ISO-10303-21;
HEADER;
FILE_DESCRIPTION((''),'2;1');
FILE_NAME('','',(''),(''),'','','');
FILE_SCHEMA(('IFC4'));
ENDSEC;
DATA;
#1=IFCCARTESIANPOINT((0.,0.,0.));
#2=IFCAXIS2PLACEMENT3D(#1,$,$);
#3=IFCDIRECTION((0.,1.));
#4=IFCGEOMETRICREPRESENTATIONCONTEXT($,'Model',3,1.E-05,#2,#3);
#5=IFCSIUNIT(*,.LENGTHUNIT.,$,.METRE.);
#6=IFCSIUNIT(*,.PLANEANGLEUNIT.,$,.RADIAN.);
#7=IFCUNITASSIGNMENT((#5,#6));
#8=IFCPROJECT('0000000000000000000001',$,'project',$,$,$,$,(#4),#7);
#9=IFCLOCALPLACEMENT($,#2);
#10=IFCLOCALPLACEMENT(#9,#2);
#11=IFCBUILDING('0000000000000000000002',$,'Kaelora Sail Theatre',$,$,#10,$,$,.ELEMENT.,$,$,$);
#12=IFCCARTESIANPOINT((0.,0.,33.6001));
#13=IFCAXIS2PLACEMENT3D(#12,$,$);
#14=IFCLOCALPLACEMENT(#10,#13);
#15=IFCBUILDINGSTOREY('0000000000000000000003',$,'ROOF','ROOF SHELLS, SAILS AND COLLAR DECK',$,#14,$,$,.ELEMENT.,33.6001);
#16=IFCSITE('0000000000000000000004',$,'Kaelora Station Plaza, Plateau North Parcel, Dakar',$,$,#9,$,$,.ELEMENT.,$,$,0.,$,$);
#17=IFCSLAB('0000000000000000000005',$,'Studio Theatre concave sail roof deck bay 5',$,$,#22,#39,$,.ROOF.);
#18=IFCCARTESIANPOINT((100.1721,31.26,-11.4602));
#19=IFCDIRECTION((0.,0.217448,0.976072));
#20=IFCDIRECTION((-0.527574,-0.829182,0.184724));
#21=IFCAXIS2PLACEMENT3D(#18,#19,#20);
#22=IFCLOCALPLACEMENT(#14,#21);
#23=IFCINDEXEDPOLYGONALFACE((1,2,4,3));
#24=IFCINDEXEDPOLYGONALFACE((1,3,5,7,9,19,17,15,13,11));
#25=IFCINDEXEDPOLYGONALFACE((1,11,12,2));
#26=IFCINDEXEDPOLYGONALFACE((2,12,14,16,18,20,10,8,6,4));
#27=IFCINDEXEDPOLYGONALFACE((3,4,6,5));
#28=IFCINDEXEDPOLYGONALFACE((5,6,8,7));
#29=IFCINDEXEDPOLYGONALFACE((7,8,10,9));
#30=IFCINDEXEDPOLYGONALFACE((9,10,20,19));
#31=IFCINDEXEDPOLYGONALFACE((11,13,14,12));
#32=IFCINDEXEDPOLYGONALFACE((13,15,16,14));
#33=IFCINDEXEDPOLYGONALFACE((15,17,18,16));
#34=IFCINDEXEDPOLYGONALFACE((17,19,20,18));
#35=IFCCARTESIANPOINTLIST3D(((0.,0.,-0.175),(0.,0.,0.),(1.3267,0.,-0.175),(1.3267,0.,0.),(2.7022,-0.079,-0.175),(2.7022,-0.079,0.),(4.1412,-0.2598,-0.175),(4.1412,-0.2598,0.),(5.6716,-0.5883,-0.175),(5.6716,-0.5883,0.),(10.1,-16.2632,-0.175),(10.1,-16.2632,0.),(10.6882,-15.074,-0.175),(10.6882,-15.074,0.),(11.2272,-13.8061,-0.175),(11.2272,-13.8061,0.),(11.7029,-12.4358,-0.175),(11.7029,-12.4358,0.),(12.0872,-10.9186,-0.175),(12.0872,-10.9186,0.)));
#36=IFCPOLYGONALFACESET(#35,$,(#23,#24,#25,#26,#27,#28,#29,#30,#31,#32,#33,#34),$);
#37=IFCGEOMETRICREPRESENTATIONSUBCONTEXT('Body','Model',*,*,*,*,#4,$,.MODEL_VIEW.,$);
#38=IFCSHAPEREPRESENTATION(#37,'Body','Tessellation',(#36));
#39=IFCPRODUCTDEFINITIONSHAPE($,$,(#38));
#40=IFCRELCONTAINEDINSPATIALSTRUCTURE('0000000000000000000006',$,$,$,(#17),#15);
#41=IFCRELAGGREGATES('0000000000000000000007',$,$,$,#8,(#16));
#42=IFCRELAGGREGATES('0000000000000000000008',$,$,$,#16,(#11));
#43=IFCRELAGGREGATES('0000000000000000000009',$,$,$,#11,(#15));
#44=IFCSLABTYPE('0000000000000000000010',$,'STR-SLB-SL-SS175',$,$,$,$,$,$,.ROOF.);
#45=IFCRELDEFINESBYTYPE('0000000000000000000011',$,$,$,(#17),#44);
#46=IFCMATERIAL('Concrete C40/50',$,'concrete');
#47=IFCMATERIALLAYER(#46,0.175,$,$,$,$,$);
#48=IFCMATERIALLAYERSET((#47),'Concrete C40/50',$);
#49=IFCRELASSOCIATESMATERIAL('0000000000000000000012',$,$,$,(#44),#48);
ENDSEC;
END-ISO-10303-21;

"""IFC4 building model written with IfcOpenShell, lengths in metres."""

from ifc_helpers import new_model, si_unit, direction, frame, origin, place, context, subcontext, project, spatial, polyline, outline, extrude, material, layer, layer_set, type_object, element, save


model = new_model("IFC4")

# Units and contexts
model_context = context("Model", 3, precision=1e-05, world=origin(), true_north=direction((0.0, 1.0)))
body_context = subcontext(model_context, "Body", "Model", "MODEL_VIEW")
ifc_project = project(units=[si_unit("LENGTHUNIT", "METRE"), si_unit("PLANEANGLEUNIT", "RADIAN")], contexts=[model_context])

# Site, building, storey
site_placement = place(None, origin())
site = spatial("IfcSite", under=ifc_project, at=site_placement, Name="Kaelora Station Plaza, Plateau North Parcel, Dakar", CompositionType="ELEMENT", RefElevation=0.0)
building_placement = place(site_placement, origin())
building = spatial("IfcBuilding", under=site, at=building_placement, Name="Kaelora Sail Theatre", CompositionType="ELEMENT")
storey_placement = place(building_placement, frame((0.0, 0.0, 33.6001)))
storey = spatial("IfcBuildingStorey", under=building, at=storey_placement, Name="ROOF", Description="ROOF SHELLS, SAILS AND COLLAR DECK", CompositionType="ELEMENT", Elevation=33.6001)

# Slab
ifc_material_1 = material(Name="Concrete C40/50", Category="concrete")
ifc_layer_1 = layer(ifc_material_1, 0.175)
ifc_layer_set_1 = layer_set([ifc_layer_1], Name="Concrete C40/50")
slab_type = type_object("IfcSlabType", Name="STR-SLB-SL-SS175", PredefinedType="ROOF", material=ifc_layer_set_1)
slab_placement = place(storey_placement, frame((100.1721, 31.26, -11.4602), z_axis=(0.0, 0.217448, 0.976072), x_axis=(-0.527574, -0.829182, 0.184724)))
element("IfcSlab", 1, at=slab_placement, inside=storey, type_object=slab_type, Name="Studio Theatre concave sail roof deck bay 5", PredefinedType="ROOF", context=body_context, shape_type="SweptSolid", body=[
    extrude(outline(polyline([(0.0, 0.0), (1.3267, 0.0), (2.7022, -0.079), (4.1412, -0.2598), (5.6716, -0.5883), (12.0872, -10.9186), (11.7029, -12.4358), (11.2272, -13.8061), (10.6882, -15.074), (10.1, -16.2632), (0.0, 0.0)])), origin(), (0.0, 0.0, -1.0), 0.175),
])

save(model, "model.ifc")
